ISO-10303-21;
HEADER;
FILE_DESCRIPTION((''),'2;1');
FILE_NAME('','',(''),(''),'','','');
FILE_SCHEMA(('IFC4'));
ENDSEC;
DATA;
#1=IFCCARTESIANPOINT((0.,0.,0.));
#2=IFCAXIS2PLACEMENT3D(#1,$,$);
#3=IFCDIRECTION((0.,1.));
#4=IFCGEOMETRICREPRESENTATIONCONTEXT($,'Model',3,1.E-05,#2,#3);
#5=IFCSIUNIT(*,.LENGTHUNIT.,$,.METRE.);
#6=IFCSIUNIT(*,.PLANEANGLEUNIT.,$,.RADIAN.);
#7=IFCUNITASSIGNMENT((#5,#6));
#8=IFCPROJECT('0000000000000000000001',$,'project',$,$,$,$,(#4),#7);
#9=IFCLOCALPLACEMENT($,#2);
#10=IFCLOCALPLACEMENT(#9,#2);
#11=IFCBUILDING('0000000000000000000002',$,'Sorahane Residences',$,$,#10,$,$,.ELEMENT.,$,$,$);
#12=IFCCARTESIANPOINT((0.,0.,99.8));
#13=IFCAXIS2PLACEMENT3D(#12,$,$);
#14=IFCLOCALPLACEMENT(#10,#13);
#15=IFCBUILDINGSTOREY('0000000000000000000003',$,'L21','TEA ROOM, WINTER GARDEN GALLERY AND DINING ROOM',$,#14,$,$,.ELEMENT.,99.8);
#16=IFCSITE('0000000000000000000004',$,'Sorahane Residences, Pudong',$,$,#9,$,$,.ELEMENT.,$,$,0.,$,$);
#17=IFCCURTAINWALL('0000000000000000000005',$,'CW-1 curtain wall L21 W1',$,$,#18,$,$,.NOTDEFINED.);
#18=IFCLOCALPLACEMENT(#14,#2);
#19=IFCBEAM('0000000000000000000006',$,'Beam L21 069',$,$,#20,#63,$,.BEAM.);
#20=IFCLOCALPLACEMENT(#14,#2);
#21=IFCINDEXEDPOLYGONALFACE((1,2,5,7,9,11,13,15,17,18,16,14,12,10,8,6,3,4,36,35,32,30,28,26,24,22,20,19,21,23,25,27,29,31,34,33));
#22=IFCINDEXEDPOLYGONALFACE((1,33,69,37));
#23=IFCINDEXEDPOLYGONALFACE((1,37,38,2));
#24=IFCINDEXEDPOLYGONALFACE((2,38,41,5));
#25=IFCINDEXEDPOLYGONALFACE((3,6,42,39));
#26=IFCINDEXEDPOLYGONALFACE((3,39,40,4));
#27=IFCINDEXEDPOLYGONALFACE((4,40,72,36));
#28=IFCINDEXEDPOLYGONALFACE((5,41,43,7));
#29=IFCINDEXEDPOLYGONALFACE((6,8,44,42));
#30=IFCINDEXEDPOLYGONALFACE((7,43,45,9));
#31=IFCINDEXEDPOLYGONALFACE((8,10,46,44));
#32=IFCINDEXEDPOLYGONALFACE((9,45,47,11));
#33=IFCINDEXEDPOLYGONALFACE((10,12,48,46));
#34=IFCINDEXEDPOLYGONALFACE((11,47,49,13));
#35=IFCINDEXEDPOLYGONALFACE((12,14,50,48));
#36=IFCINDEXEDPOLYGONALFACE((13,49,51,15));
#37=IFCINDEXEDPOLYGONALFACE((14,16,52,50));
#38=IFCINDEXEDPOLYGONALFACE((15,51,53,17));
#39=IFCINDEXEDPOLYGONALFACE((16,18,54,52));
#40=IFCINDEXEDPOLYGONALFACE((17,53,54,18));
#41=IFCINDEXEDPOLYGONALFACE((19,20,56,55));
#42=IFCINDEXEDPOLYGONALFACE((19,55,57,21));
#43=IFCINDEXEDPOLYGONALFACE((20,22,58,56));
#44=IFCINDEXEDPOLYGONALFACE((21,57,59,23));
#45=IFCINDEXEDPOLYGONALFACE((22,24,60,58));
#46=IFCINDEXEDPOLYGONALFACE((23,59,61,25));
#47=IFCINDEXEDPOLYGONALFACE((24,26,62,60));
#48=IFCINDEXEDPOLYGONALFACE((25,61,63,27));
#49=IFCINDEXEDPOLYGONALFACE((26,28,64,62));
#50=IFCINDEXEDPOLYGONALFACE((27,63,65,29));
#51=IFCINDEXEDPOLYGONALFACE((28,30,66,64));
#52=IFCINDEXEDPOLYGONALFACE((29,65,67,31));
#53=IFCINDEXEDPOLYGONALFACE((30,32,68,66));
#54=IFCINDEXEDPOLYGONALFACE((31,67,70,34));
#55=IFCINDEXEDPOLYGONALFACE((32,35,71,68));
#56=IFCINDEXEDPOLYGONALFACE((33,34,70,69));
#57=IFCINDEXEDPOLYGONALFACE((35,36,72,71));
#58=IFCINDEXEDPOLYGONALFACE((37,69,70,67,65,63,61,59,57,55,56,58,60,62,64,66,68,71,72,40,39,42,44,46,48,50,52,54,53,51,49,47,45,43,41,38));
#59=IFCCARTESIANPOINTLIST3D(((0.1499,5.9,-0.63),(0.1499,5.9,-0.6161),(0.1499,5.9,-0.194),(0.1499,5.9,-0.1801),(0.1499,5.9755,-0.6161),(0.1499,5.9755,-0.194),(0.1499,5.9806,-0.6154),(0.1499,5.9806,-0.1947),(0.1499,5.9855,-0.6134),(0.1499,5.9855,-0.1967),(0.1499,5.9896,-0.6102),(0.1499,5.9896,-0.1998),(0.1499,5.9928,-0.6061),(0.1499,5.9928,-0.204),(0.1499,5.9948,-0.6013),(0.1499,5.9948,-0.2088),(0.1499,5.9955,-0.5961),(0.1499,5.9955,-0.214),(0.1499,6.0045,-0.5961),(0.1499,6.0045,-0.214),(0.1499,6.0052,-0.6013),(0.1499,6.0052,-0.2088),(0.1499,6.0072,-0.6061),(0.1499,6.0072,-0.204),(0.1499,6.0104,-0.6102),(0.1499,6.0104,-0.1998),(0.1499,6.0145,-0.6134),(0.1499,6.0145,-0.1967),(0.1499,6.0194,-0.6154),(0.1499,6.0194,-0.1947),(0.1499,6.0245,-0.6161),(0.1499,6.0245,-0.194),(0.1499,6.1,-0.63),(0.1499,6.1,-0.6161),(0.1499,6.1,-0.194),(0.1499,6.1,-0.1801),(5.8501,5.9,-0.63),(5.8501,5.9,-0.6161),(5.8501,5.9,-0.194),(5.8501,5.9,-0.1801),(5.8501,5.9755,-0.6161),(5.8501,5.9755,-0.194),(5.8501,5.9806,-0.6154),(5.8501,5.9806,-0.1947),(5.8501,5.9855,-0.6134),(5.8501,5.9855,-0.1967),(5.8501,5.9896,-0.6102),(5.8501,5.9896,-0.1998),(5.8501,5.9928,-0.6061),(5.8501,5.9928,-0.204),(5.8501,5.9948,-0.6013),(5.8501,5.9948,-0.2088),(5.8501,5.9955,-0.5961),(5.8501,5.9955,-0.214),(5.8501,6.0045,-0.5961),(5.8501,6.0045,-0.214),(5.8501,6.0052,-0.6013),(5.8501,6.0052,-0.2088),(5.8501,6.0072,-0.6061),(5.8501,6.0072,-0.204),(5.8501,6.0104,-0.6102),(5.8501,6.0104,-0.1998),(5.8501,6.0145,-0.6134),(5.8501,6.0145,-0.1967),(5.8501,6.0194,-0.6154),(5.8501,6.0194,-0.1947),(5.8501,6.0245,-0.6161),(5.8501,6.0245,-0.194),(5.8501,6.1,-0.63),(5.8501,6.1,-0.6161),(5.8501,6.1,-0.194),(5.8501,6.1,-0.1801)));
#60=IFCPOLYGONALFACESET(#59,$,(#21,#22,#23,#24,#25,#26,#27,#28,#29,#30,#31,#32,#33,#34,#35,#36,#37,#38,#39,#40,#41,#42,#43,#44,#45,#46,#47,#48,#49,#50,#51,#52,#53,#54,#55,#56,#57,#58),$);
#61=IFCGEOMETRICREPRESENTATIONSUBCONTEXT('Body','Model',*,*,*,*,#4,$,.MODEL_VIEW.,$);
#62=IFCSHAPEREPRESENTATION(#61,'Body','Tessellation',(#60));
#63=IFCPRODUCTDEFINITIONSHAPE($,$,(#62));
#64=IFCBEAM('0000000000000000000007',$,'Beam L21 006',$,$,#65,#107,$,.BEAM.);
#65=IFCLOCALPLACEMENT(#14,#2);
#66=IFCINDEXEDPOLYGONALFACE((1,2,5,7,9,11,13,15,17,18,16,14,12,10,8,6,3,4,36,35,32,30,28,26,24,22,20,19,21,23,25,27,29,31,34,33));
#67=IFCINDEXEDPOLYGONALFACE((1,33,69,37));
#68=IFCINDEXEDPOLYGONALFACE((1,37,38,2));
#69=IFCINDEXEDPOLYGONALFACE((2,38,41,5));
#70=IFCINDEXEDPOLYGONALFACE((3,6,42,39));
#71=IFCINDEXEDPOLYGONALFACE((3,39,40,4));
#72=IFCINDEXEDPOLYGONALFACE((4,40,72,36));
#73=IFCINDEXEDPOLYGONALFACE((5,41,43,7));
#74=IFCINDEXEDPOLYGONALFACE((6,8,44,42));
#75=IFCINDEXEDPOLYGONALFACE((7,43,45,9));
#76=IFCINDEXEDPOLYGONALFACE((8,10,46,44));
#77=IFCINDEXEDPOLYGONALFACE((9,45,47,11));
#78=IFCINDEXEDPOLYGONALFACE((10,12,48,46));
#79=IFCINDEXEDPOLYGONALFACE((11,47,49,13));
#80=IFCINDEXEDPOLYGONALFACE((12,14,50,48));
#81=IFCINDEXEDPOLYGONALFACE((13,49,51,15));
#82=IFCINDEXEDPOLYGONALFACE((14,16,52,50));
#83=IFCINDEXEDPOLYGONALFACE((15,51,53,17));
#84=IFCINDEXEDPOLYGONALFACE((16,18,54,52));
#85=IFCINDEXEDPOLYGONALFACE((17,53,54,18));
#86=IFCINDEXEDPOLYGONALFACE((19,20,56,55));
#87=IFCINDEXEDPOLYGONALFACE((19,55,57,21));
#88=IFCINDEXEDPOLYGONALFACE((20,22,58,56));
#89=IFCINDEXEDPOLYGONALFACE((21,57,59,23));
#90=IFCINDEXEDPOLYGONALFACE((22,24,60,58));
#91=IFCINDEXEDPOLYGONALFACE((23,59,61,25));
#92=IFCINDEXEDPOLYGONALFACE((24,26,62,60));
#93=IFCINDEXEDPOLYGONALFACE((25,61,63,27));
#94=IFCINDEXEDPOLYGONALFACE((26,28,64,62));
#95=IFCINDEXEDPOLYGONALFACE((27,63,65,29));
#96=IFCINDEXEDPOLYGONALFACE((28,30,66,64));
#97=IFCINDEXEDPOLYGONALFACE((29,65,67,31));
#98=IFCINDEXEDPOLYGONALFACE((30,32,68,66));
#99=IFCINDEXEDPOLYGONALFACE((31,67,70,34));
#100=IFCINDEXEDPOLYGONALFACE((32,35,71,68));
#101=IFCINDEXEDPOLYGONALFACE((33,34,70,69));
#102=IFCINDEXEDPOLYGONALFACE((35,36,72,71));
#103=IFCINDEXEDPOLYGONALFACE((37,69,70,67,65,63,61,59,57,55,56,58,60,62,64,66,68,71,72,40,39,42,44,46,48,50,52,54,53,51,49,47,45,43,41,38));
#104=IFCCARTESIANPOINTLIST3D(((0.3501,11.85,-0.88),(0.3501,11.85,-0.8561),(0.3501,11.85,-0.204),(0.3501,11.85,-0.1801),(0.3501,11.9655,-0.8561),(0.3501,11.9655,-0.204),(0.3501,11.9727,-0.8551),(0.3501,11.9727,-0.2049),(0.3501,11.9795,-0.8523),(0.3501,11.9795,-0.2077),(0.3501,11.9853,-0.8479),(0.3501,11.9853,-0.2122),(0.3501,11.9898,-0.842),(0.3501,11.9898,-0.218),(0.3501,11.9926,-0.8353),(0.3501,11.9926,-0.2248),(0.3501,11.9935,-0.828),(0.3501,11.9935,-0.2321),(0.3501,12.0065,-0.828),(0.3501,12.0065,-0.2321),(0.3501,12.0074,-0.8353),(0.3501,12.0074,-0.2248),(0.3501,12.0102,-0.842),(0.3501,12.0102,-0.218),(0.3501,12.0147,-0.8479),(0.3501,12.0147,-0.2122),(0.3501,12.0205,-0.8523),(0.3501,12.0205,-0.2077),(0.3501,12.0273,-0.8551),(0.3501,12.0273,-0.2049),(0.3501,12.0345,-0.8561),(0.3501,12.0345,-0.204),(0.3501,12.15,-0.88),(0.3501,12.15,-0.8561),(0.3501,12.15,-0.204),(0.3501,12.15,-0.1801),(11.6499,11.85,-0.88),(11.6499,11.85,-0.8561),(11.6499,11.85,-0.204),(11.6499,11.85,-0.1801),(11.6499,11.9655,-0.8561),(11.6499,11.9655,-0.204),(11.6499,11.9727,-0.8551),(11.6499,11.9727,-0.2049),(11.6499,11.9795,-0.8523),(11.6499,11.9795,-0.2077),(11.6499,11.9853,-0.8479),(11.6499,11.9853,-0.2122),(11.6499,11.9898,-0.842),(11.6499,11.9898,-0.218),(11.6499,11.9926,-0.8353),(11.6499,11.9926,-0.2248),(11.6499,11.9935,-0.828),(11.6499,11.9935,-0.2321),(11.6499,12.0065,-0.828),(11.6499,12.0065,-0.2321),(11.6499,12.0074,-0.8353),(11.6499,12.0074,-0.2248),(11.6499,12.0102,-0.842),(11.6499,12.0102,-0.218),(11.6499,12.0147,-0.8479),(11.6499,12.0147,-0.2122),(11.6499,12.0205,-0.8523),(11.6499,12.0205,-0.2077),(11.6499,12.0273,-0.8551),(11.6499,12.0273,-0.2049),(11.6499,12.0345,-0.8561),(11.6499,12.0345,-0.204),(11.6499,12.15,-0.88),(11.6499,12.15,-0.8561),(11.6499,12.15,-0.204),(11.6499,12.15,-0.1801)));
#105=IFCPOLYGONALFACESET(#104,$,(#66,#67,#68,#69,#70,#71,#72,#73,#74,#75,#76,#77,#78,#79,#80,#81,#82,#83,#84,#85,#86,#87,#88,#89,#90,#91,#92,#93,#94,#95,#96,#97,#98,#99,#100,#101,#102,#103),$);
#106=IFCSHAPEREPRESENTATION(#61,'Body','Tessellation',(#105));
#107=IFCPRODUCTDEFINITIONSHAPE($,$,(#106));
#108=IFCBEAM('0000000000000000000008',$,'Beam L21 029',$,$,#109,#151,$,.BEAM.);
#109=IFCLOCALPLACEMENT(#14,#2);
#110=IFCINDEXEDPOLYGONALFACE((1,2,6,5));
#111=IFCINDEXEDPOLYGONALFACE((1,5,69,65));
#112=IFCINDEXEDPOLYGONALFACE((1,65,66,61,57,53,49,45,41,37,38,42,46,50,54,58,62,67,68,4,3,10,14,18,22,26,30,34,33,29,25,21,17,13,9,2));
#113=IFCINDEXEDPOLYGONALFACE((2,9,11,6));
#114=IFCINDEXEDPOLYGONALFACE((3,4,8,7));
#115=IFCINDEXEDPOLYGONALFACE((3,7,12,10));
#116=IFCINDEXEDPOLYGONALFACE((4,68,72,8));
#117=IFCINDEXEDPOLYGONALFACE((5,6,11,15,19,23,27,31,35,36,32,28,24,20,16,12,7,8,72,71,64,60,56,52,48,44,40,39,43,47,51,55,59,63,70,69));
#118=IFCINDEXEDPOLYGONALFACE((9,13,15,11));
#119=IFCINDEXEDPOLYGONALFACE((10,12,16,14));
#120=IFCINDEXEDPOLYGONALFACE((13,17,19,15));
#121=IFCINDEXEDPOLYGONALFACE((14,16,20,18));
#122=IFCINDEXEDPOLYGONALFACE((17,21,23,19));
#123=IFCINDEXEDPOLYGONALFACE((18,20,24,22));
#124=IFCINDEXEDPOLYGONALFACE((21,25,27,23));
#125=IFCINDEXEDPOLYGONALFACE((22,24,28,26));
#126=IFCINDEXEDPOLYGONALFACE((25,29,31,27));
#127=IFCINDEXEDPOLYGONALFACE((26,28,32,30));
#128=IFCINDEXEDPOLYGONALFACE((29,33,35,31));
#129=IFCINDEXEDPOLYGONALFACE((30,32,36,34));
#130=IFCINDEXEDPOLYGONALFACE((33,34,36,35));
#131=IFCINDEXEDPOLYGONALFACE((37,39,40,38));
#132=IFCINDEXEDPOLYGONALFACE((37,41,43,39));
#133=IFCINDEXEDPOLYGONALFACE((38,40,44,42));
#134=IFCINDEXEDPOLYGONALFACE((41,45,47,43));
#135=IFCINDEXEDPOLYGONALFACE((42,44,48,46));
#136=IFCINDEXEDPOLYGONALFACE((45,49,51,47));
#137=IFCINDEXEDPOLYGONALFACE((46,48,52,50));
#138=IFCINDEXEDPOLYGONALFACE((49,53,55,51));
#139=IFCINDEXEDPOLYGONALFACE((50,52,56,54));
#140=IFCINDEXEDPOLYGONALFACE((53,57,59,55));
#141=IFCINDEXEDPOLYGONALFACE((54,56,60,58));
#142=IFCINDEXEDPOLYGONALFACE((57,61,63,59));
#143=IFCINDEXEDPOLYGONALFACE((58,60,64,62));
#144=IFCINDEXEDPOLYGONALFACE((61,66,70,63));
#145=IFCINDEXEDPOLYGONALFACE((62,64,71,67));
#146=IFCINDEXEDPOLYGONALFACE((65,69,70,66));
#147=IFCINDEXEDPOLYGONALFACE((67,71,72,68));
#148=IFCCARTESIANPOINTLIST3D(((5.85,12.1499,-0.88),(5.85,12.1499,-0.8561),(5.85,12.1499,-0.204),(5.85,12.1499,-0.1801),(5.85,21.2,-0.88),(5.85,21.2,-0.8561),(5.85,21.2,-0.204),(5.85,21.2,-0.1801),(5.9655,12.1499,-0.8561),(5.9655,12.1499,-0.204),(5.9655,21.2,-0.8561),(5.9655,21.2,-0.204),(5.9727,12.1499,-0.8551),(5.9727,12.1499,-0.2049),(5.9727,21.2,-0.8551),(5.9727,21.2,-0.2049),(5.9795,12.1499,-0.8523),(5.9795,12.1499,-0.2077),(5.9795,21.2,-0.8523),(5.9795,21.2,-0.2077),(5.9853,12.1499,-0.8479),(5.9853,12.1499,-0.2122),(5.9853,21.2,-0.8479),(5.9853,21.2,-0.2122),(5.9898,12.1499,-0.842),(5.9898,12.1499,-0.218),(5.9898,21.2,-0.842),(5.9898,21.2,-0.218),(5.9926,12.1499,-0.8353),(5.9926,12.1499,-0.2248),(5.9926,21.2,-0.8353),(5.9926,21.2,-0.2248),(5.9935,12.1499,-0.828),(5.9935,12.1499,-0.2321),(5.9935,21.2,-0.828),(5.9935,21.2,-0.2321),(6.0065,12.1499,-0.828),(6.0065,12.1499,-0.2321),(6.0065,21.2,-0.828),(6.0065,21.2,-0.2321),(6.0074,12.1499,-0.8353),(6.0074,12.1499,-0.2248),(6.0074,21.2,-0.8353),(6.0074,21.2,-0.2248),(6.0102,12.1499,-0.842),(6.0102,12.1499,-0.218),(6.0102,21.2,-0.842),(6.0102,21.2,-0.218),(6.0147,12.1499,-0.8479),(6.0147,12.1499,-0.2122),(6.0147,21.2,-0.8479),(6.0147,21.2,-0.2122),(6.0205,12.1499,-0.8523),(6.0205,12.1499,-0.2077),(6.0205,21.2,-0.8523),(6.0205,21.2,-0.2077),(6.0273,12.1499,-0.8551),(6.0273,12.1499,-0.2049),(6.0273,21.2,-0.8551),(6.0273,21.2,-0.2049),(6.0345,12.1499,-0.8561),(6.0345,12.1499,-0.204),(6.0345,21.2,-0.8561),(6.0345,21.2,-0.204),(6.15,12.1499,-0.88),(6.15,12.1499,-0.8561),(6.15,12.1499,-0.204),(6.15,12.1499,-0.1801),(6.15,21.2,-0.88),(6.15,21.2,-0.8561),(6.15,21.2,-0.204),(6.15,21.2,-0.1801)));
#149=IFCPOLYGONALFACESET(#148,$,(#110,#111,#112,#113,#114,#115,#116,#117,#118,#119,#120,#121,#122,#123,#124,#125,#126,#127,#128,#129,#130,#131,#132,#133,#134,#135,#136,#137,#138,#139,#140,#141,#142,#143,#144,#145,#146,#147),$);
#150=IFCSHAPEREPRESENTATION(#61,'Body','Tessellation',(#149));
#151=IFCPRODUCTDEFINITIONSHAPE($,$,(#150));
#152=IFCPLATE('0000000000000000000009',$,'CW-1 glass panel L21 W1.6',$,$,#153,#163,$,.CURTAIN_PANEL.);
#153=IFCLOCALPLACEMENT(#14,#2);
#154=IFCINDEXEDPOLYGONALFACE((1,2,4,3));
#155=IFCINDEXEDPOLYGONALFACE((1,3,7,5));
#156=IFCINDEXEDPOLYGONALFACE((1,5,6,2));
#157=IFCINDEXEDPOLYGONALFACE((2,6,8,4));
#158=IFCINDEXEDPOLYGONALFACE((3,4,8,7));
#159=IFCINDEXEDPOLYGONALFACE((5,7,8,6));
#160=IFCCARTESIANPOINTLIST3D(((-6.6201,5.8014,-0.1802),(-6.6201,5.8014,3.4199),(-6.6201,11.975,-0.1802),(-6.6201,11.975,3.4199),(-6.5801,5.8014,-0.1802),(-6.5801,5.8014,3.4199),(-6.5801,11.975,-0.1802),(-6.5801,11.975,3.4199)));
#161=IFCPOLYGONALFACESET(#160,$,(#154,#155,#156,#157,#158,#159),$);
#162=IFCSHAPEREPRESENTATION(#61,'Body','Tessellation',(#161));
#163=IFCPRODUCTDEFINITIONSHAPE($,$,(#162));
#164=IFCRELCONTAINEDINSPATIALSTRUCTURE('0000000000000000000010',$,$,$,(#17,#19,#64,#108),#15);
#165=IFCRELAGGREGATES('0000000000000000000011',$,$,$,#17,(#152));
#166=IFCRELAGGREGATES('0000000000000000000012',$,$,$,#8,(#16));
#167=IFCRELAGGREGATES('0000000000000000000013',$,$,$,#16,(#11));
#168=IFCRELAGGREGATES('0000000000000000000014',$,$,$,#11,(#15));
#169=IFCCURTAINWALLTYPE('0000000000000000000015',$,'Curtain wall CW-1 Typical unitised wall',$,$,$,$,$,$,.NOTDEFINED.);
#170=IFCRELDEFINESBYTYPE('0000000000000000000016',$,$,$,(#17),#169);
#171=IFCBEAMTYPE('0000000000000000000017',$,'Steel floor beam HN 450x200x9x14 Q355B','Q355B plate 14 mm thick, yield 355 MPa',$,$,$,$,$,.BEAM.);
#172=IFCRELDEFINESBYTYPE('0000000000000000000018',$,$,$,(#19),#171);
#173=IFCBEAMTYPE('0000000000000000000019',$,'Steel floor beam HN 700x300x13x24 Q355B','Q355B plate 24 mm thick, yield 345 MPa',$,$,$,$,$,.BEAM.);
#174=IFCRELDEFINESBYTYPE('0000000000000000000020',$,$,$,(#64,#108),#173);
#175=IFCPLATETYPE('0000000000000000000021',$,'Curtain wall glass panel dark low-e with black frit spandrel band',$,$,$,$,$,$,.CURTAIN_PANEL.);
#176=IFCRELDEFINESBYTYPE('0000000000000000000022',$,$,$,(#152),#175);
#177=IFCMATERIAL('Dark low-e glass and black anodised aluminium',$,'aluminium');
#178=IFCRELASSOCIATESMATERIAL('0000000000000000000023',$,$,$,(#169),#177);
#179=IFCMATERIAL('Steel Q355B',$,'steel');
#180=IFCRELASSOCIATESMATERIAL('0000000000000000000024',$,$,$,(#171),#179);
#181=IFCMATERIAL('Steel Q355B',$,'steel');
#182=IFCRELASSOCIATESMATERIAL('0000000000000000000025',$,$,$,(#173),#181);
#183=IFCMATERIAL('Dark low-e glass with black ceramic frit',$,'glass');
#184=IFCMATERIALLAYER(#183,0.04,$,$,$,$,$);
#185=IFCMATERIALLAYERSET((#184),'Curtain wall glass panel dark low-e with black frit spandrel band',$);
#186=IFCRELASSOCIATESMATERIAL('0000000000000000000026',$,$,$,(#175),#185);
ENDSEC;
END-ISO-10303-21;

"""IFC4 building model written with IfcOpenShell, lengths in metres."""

from ifc_helpers import new_model, si_unit, direction, frame, origin, origin_2d, place, context, subcontext, project, spatial, rectangle, i_section, extrude, material, layer, layer_set, material_profile, profile_set, type_object, element, aggregate, save


model = new_model("IFC4")

# Units and contexts
model_context = context("Model", 3, precision=1e-05, world=origin(), true_north=direction((0.0, 1.0)))
body_context = subcontext(model_context, "Body", "Model", "MODEL_VIEW")
ifc_project = project(units=[si_unit("LENGTHUNIT", "METRE"), si_unit("PLANEANGLEUNIT", "RADIAN")], contexts=[model_context])

# Site, building, storey
site_placement = place(None, origin())
site = spatial("IfcSite", under=ifc_project, at=site_placement, Name="Sorahane Residences, Pudong", CompositionType="ELEMENT", RefElevation=0.0)
building_placement = place(site_placement, origin())
building = spatial("IfcBuilding", under=site, at=building_placement, Name="Sorahane Residences", CompositionType="ELEMENT")
storey_placement = place(building_placement, frame((0.0, 0.0, 99.8)))
storey = spatial("IfcBuildingStorey", under=building, at=storey_placement, Name="L21", Description="TEA ROOM, WINTER GARDEN GALLERY AND DINING ROOM", CompositionType="ELEMENT", Elevation=99.8)

# Curtain wall
ifc_material_1 = material(Name="Dark low-e glass and black anodised aluminium", Category="aluminium")
curtain_wall_type = type_object("IfcCurtainWallType", Name="Curtain wall CW-1 Typical unitised wall", PredefinedType="NOTDEFINED", material=ifc_material_1)
curtain_wall_placement = place(storey_placement, origin())
curtain_wall = element("IfcCurtainWall", 1, at=curtain_wall_placement, inside=storey, type_object=curtain_wall_type, Name="CW-1 curtain wall L21 W1", PredefinedType="NOTDEFINED")

# Beams
ifc_material_2 = material(Name="Steel Q355B", Category="steel")
ifc_material_profile_1 = material_profile(ifc_material_2, i_section(OverallWidth=0.2, OverallDepth=0.45, WebThickness=0.009, FlangeThickness=0.0139, FilletRadius=0.02, at=origin_2d()), Name="HN 450x200x9x14")
ifc_profile_set_1 = profile_set([ifc_material_profile_1], Name="Steel Q355B")
beam_type_1 = type_object("IfcBeamType", Name="Steel floor beam HN 450x200x9x14 Q355B", Description="Q355B plate 14 mm thick, yield 355 MPa", PredefinedType="BEAM", material=ifc_profile_set_1)
beam_1_placement = place(storey_placement, frame((0.1499, 6.0, -0.405), z_axis=(1.0, 0.0, 0.0), x_axis=(0.0, 1.0, 0.0)))
element("IfcBeam", 2, at=beam_1_placement, inside=storey, type_object=beam_type_1, Name="Beam L21 069", PredefinedType="BEAM", context=body_context, shape_type="SweptSolid", body=[
    extrude(i_section(OverallWidth=0.2, OverallDepth=0.45, WebThickness=0.009, FlangeThickness=0.0139, FilletRadius=0.02, at=origin_2d()), origin(), (0.0, 0.0, 1.0), 5.7002),
])
ifc_material_3 = material(Name="Steel Q355B", Category="steel")
ifc_material_profile_2 = material_profile(ifc_material_3, i_section(OverallWidth=0.3, OverallDepth=0.7, WebThickness=0.0129, FlangeThickness=0.0239, FilletRadius=0.0281, at=origin_2d()), Name="HN 700x300x13x24")
ifc_profile_set_2 = profile_set([ifc_material_profile_2], Name="Steel Q355B")
beam_type_2 = type_object("IfcBeamType", Name="Steel floor beam HN 700x300x13x24 Q355B", Description="Q355B plate 24 mm thick, yield 345 MPa", PredefinedType="BEAM", material=ifc_profile_set_2)
beam_2_placement = place(storey_placement, frame((0.3501, 12.0, -0.53), z_axis=(1.0, 0.0, 0.0), x_axis=(0.0, 1.0, 0.0)))
element("IfcBeam", 3, at=beam_2_placement, inside=storey, type_object=beam_type_2, Name="Beam L21 006", PredefinedType="BEAM", context=body_context, shape_type="SweptSolid", body=[
    extrude(i_section(OverallWidth=0.3, OverallDepth=0.7, WebThickness=0.0129, FlangeThickness=0.0239, FilletRadius=0.0281, at=origin_2d()), origin(), (0.0, 0.0, 1.0), 11.2998),
])
beam_3_placement = place(storey_placement, frame((6.0, 12.1499, -0.53), z_axis=(0.0, 1.0, 0.0), x_axis=(-1.0, 0.0, 0.0)))
element("IfcBeam", 4, at=beam_3_placement, inside=storey, type_object=beam_type_2, Name="Beam L21 029", PredefinedType="BEAM", context=body_context, shape_type="SweptSolid", body=[
    extrude(i_section(OverallWidth=0.3, OverallDepth=0.7, WebThickness=0.0129, FlangeThickness=0.0239, FilletRadius=0.0281, at=origin_2d()), origin(), (0.0, 0.0, 1.0), 9.05),
])

# Plate
ifc_material_4 = material(Name="Dark low-e glass with black ceramic frit", Category="glass")
ifc_layer_1 = layer(ifc_material_4, 0.04)
ifc_layer_set_1 = layer_set([ifc_layer_1], Name="Curtain wall glass panel dark low-e with black frit spandrel band")
plate_type = type_object("IfcPlateType", Name="Curtain wall glass panel dark low-e with black frit spandrel band", PredefinedType="CURTAIN_PANEL", material=ifc_layer_set_1)
plate_placement = place(storey_placement, frame((-6.6001, 8.8882, -0.1802), z_axis=(0.0, 0.0, 1.0), x_axis=(0.0, -1.0, 0.0)))
plate = element("IfcPlate", 5, at=plate_placement, type_object=plate_type, Name="CW-1 glass panel L21 W1.6", PredefinedType="CURTAIN_PANEL", context=body_context, shape_type="SweptSolid", body=[
    extrude(rectangle(XDim=6.1736, YDim=0.04, at=origin_2d()), origin(), (0.0, 0.0, 1.0), 3.6001),
])
aggregate(curtain_wall, [plate])

save(model, "model.ifc")
